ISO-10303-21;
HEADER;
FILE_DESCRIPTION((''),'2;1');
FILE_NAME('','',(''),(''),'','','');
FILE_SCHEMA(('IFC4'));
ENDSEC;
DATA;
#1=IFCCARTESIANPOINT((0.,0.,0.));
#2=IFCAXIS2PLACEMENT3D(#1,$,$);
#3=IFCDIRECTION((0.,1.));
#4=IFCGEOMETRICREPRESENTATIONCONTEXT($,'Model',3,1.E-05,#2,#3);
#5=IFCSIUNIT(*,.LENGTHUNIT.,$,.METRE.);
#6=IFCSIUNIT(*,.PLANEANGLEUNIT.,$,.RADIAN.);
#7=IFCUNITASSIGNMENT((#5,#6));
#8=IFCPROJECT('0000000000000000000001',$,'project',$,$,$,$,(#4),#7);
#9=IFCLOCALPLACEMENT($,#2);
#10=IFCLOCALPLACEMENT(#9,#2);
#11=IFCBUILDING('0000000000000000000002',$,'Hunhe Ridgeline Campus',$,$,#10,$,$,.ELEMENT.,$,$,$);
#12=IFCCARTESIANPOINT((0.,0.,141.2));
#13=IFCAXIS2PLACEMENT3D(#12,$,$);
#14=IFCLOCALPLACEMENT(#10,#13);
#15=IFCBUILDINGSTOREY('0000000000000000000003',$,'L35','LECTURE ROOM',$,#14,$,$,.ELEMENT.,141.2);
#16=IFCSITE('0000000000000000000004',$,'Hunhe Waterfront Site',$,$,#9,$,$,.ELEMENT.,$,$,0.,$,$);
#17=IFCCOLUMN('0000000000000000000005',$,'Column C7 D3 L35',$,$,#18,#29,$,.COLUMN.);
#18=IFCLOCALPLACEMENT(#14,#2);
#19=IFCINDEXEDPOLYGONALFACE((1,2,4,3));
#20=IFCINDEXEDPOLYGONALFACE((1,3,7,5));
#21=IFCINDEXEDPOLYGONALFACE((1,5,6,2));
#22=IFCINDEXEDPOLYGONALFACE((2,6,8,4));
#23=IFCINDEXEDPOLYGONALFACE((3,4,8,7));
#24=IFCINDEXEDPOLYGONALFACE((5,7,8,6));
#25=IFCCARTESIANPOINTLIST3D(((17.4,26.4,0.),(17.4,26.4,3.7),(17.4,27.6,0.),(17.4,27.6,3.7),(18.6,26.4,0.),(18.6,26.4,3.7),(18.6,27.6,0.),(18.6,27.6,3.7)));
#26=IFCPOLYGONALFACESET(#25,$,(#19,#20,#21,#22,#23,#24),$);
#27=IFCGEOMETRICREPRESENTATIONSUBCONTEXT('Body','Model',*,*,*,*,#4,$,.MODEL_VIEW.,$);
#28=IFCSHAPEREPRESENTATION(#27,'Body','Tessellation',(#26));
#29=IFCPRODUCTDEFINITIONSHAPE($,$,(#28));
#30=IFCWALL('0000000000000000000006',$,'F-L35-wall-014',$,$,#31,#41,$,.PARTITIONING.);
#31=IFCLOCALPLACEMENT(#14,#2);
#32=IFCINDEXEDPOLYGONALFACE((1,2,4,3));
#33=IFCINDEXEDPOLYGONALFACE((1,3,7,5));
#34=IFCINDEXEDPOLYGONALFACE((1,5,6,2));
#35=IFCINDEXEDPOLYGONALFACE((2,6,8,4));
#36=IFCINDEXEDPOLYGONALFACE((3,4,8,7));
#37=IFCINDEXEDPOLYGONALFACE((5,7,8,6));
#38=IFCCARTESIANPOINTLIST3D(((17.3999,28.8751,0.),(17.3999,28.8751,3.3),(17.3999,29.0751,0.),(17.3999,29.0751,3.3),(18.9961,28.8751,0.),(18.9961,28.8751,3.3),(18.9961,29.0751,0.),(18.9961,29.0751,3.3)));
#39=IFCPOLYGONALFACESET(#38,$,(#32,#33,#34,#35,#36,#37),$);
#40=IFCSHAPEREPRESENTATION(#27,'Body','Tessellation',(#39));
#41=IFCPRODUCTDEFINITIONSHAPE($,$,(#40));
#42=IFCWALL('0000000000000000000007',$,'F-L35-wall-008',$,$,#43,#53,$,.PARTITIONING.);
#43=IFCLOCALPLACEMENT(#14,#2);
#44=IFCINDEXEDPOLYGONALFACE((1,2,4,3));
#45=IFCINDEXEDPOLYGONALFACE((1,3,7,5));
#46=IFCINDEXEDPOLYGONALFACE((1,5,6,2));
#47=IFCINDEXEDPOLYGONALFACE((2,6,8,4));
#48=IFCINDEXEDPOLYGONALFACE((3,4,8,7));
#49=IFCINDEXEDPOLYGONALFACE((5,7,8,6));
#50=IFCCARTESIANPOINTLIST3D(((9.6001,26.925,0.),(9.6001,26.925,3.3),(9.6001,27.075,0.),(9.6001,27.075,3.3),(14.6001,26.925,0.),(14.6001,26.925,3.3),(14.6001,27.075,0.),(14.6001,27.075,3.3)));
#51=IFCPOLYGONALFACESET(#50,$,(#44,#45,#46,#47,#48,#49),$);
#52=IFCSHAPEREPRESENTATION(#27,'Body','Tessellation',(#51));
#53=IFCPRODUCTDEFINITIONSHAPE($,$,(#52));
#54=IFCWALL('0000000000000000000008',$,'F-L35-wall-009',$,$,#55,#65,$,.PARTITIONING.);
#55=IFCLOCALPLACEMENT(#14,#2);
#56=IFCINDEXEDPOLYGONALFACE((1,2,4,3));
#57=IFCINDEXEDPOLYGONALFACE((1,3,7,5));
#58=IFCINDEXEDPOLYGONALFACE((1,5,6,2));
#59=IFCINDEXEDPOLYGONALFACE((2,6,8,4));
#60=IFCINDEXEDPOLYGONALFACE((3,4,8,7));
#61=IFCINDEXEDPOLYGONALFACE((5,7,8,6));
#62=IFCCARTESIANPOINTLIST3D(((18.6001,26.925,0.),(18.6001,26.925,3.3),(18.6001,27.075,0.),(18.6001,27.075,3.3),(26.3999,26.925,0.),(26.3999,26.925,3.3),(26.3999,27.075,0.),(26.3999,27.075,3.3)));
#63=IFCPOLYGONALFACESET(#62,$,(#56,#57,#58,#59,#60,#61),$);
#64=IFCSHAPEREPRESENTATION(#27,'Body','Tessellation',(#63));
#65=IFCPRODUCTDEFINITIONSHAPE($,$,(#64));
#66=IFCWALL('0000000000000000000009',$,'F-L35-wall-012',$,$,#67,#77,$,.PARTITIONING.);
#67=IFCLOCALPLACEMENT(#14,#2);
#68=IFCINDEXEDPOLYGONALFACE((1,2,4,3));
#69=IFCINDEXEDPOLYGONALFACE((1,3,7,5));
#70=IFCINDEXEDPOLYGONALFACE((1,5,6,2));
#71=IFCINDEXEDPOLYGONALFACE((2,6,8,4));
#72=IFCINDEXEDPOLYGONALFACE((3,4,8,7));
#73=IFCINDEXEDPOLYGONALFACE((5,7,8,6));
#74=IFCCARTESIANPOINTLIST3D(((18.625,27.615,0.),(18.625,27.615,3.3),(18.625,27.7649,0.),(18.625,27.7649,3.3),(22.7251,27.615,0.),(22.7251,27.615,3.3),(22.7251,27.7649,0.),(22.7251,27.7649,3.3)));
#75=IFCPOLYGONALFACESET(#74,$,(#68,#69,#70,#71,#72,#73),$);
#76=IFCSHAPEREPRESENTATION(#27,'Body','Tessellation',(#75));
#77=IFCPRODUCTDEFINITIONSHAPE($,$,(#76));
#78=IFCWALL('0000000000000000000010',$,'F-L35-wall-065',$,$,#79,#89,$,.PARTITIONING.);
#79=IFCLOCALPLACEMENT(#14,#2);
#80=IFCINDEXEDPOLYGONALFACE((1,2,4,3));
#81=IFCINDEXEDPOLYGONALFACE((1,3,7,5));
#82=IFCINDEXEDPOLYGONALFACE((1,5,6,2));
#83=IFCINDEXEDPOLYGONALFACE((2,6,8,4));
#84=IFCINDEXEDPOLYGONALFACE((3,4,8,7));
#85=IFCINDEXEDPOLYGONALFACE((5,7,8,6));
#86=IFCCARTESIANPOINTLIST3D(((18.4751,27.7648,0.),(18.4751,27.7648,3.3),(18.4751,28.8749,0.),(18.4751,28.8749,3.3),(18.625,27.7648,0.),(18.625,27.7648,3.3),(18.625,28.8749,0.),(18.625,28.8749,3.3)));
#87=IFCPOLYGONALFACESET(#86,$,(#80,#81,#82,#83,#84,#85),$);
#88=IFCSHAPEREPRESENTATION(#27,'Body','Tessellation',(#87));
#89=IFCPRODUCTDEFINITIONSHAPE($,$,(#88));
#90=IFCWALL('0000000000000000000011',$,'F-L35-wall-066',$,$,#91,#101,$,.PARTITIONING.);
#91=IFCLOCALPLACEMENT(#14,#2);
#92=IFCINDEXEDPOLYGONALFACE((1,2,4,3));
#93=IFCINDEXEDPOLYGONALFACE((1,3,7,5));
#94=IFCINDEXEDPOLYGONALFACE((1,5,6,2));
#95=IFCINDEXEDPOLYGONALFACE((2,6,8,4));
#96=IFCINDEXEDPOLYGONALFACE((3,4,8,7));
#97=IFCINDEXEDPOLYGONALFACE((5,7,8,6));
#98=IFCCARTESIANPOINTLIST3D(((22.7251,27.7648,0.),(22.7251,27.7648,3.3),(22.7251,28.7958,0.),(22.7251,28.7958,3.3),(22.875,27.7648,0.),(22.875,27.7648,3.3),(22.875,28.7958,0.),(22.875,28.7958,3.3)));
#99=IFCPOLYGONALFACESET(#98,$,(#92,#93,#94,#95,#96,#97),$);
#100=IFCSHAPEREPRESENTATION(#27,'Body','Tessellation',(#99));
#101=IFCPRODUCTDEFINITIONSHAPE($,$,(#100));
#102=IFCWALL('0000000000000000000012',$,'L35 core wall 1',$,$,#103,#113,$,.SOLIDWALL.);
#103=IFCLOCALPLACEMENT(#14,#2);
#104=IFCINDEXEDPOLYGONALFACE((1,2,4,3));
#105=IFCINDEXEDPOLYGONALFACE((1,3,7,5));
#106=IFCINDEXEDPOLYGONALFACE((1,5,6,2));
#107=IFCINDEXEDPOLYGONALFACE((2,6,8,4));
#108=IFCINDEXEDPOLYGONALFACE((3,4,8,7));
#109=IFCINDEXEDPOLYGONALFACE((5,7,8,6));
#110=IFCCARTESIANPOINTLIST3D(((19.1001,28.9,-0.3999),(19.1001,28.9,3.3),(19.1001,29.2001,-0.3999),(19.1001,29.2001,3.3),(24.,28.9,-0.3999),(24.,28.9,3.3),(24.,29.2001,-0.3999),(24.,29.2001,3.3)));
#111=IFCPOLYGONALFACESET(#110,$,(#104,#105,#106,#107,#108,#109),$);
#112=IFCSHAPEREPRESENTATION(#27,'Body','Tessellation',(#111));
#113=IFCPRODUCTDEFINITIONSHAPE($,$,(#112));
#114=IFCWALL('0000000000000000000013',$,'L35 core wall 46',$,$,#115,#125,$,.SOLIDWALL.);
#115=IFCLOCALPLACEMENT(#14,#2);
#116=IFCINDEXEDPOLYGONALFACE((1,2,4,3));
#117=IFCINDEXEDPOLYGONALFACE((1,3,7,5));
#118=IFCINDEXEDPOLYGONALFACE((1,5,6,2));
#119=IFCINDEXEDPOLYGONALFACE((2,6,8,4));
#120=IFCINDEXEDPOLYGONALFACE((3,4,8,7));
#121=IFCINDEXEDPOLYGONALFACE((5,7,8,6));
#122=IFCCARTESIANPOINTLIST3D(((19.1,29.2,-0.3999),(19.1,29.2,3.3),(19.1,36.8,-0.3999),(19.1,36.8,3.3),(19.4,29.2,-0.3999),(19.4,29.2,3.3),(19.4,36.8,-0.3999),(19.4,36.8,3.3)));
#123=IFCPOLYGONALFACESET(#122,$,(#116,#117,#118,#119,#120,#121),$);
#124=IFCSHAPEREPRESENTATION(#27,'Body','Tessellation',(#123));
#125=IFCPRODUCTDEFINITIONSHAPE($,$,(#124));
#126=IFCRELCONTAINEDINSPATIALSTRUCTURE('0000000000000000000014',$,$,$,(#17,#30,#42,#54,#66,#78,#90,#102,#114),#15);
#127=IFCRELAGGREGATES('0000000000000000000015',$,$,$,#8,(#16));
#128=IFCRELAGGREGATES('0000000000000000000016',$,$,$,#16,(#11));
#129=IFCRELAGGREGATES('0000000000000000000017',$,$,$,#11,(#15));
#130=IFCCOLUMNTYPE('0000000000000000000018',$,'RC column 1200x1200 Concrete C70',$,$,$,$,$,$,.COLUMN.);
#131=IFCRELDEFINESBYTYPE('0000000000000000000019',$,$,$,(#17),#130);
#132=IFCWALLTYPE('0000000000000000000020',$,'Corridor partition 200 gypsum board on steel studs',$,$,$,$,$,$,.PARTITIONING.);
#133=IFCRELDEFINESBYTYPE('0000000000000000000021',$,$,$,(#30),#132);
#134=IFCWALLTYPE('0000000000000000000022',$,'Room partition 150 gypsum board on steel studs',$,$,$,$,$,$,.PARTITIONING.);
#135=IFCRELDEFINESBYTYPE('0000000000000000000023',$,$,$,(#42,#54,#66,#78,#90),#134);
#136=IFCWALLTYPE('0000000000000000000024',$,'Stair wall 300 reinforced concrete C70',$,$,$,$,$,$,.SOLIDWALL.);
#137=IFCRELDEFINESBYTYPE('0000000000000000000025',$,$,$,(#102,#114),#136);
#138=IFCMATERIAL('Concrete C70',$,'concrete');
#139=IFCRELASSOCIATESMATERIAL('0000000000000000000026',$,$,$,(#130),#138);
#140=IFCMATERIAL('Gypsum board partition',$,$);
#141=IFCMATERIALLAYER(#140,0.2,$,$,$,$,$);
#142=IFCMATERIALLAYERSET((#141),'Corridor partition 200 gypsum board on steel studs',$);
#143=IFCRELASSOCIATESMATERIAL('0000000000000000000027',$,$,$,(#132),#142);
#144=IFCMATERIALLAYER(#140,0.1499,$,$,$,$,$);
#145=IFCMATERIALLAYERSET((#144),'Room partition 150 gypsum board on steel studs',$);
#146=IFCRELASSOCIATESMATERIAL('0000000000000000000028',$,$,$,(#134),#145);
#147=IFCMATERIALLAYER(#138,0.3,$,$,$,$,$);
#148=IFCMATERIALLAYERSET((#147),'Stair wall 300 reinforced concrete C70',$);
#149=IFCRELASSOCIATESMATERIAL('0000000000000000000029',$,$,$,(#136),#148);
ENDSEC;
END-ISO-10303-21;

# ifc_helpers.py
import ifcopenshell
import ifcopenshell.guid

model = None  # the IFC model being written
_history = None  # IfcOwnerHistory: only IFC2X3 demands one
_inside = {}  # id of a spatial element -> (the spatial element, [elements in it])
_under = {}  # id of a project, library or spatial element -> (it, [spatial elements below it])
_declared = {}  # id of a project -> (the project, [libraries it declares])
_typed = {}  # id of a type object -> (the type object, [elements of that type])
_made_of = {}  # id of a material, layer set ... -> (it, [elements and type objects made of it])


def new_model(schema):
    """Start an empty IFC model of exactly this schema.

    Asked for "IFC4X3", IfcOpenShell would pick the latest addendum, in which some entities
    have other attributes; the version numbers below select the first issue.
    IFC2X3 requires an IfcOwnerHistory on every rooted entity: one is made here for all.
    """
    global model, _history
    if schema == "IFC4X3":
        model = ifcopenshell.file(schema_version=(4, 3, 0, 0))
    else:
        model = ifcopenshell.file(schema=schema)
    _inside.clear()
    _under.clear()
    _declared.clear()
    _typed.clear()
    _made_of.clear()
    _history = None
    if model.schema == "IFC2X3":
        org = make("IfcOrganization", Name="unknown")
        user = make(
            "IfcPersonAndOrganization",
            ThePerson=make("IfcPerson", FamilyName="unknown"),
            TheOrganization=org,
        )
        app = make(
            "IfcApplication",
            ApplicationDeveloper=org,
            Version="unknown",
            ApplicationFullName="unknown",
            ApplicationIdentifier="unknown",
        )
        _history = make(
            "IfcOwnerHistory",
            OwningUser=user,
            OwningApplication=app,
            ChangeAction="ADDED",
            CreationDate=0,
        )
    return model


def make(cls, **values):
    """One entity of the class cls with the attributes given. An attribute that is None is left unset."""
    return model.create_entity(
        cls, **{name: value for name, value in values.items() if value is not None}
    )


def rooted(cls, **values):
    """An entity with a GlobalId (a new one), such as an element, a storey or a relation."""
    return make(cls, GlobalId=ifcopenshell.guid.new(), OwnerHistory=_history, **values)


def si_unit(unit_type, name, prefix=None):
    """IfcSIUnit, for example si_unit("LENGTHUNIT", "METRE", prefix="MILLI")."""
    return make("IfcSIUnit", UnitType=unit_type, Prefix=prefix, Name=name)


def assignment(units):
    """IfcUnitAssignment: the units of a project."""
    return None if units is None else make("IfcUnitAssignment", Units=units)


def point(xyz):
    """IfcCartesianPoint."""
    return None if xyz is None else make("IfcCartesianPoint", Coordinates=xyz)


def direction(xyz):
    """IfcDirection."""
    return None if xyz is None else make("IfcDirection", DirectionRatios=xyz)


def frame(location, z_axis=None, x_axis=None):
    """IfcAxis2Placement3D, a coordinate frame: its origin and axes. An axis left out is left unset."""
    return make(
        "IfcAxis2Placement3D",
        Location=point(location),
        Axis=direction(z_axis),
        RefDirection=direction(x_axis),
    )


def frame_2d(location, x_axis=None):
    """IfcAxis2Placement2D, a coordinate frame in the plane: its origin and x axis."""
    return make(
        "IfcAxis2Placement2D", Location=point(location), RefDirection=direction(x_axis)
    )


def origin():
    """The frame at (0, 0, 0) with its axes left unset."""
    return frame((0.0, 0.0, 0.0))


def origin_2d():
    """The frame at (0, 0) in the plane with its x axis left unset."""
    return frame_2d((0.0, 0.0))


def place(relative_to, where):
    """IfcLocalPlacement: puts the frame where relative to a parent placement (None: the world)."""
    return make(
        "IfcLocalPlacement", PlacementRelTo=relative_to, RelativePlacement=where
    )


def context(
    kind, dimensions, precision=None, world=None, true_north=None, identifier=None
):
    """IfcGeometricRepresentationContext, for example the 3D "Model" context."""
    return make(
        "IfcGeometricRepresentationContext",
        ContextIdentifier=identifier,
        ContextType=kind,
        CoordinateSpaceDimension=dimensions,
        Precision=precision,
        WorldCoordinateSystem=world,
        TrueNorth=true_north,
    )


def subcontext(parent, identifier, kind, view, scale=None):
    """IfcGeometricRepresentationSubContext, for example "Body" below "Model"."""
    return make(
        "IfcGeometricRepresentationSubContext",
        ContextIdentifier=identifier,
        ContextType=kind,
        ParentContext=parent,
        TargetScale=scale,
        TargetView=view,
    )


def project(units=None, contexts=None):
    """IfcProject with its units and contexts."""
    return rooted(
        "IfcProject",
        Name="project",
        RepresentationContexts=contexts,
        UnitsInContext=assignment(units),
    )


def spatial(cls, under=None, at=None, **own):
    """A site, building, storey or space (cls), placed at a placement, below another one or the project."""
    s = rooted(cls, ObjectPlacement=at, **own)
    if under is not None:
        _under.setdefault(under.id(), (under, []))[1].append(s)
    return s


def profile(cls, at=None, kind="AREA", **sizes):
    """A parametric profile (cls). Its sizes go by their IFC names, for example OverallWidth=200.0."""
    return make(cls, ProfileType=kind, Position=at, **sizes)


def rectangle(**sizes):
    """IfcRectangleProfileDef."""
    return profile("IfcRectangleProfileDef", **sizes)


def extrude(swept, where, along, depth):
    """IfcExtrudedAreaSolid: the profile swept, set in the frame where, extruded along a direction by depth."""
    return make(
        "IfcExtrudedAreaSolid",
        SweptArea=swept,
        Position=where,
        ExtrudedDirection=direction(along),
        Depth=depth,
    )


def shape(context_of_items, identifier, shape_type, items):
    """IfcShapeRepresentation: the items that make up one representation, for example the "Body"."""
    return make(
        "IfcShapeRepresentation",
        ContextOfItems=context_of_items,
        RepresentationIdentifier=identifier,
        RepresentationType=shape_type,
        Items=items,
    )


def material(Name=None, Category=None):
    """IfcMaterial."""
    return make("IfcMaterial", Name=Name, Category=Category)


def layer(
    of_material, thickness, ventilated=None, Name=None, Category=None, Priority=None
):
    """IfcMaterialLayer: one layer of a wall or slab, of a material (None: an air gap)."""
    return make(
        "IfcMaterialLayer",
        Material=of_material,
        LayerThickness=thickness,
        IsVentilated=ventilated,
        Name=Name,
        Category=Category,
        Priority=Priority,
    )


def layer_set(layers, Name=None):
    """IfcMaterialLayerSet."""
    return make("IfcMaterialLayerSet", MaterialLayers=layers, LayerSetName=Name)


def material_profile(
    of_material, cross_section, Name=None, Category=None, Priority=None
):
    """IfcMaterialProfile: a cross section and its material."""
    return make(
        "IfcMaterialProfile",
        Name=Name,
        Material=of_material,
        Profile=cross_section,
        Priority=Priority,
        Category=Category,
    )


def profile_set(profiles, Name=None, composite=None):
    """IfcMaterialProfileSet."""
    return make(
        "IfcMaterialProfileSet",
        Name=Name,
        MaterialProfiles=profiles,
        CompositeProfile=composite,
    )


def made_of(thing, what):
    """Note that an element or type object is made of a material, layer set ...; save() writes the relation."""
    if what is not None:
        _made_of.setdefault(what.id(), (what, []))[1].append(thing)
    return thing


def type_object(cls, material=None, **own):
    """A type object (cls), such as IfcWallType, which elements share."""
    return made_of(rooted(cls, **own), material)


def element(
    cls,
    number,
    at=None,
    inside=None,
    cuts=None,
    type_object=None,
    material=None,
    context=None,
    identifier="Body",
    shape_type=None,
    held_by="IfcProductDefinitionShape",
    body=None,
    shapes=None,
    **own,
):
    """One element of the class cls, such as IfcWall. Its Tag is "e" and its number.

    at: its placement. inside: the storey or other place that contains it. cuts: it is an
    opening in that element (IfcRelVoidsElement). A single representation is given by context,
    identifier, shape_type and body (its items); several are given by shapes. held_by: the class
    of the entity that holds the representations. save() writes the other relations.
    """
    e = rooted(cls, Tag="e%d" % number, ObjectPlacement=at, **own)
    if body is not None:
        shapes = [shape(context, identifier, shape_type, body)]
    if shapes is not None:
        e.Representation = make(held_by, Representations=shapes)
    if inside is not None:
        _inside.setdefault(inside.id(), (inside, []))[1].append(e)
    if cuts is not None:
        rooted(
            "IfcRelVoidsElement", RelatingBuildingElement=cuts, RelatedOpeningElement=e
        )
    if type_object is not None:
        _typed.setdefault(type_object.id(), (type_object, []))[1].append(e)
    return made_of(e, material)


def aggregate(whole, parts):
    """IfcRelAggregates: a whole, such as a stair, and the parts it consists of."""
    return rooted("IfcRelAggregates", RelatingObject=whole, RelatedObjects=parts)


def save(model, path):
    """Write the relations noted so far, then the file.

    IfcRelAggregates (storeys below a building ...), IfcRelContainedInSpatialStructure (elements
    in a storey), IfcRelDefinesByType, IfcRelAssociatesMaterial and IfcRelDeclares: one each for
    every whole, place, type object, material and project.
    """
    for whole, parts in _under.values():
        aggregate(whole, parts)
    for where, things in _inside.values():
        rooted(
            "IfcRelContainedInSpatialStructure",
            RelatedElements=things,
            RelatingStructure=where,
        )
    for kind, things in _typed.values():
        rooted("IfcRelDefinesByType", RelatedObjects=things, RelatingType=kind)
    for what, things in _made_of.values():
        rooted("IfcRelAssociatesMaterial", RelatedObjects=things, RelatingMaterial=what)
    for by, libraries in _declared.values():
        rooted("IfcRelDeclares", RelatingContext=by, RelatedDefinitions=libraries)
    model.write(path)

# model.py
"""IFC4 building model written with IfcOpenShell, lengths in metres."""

from ifc_helpers import new_model, si_unit, direction, frame, frame_2d, origin, origin_2d, place, context, subcontext, project, spatial, rectangle, extrude, material, layer, layer_set, material_profile, profile_set, type_object, element, save


model = new_model("IFC4")

# Units and contexts
model_context = context("Model", 3, precision=1e-05, world=origin(), true_north=direction((0.0, 1.0)))
body_context = subcontext(model_context, "Body", "Model", "MODEL_VIEW")
ifc_project = project(units=[si_unit("LENGTHUNIT", "METRE"), si_unit("PLANEANGLEUNIT", "RADIAN")], contexts=[model_context])

# Site, building, storey
site_placement = place(None, origin())
site = spatial("IfcSite", under=ifc_project, at=site_placement, Name="Hunhe Waterfront Site", CompositionType="ELEMENT", RefElevation=0.0)
building_placement = place(site_placement, origin())
building = spatial("IfcBuilding", under=site, at=building_placement, Name="Hunhe Ridgeline Campus", CompositionType="ELEMENT")
storey_placement = place(building_placement, frame((0.0, 0.0, 141.2)))
storey = spatial("IfcBuildingStorey", under=building, at=storey_placement, Name="L35", Description="LECTURE ROOM", CompositionType="ELEMENT", Elevation=141.2)

# Column
ifc_material_1 = material(Name="Concrete C70", Category="concrete")
ifc_material_profile = material_profile(ifc_material_1, rectangle(XDim=1.2, YDim=1.2, at=origin_2d()))
ifc_profile_set = profile_set([ifc_material_profile], Name="Concrete C70")
column_type = type_object("IfcColumnType", Name="RC column 1200x1200 Concrete C70", PredefinedType="COLUMN", material=ifc_profile_set)
column_placement = place(storey_placement, frame((18.0, 27.0, 0.0), z_axis=(0.0, 0.0, 1.0), x_axis=(1.0, 0.0, 0.0)))
element("IfcColumn", 1, at=column_placement, inside=storey, type_object=column_type, Name="Column C7 D3 L35", PredefinedType="COLUMN", context=body_context, shape_type="SweptSolid", body=[
    extrude(rectangle(XDim=1.2, YDim=1.2, at=origin_2d()), origin(), (0.0, 0.0, 1.0), 3.7),
])

# Wall
ifc_material_2 = material(Name="Gypsum board partition")
ifc_layer_1 = layer(ifc_material_2, 0.2)
ifc_layer_set_1 = layer_set([ifc_layer_1], Name="Corridor partition 200 gypsum board on steel studs")
wall_type_1 = type_object("IfcWallType", Name="Corridor partition 200 gypsum board on steel studs", PredefinedType="PARTITIONING", material=ifc_layer_set_1)
wall_1_placement = place(storey_placement, frame((18.9961, 28.9751, 0.0), z_axis=(0.0, 0.0, 1.0), x_axis=(-1.0, 0.0, 0.0)))
element("IfcWall", 2, at=wall_1_placement, inside=storey, type_object=wall_type_1, Name="F-L35-wall-014", PredefinedType="PARTITIONING", context=body_context, shape_type="SweptSolid", body=[
    extrude(rectangle(XDim=1.5962, YDim=0.2, at=frame_2d((0.7981, 0.0))), origin(), (0.0, 0.0, 1.0), 3.3),
])

# Walls
ifc_layer_2 = layer(ifc_material_2, 0.1499)
ifc_layer_set_2 = layer_set([ifc_layer_2], Name="Room partition 150 gypsum board on steel studs")
wall_type_2 = type_object("IfcWallType", Name="Room partition 150 gypsum board on steel studs", PredefinedType="PARTITIONING", material=ifc_layer_set_2)
wall_2_placement = place(storey_placement, frame((9.6001, 27.0, 0.0), z_axis=(0.0, 0.0, 1.0), x_axis=(1.0, 0.0, 0.0)))
element("IfcWall", 3, at=wall_2_placement, inside=storey, type_object=wall_type_2, Name="F-L35-wall-008", PredefinedType="PARTITIONING", context=body_context, shape_type="SweptSolid", body=[
    extrude(rectangle(XDim=5.0, YDim=0.1499, at=frame_2d((2.5, 0.0))), origin(), (0.0, 0.0, 1.0), 3.3),
])
wall_3_placement = place(storey_placement, frame((18.6001, 27.0, 0.0), z_axis=(0.0, 0.0, 1.0), x_axis=(1.0, 0.0, 0.0)))
element("IfcWall", 4, at=wall_3_placement, inside=storey, type_object=wall_type_2, Name="F-L35-wall-009", PredefinedType="PARTITIONING", context=body_context, shape_type="SweptSolid", body=[
    extrude(rectangle(XDim=7.7998, YDim=0.1499, at=frame_2d((3.8999, 0.0))), origin(), (0.0, 0.0, 1.0), 3.3),
])
wall_4_placement = place(storey_placement, frame((18.625, 27.6899, 0.0), z_axis=(0.0, 0.0, 1.0), x_axis=(1.0, 0.0, 0.0)))
element("IfcWall", 5, at=wall_4_placement, inside=storey, type_object=wall_type_2, Name="F-L35-wall-012", PredefinedType="PARTITIONING", context=body_context, shape_type="SweptSolid", body=[
    extrude(rectangle(XDim=4.1001, YDim=0.1499, at=frame_2d((2.05, 0.0))), origin(), (0.0, 0.0, 1.0), 3.3),
])
wall_5_placement = place(storey_placement, frame((18.55, 28.875, 0.0), z_axis=(0.0, 0.0, 1.0), x_axis=(0.0, -1.0, 0.0)))
element("IfcWall", 6, at=wall_5_placement, inside=storey, type_object=wall_type_2, Name="F-L35-wall-065", PredefinedType="PARTITIONING", context=body_context, shape_type="SweptSolid", body=[
    extrude(rectangle(XDim=1.1101, YDim=0.1499, at=frame_2d((0.5552, 0.0))), origin(), (0.0, 0.0, 1.0), 3.3),
])
wall_6_placement = place(storey_placement, frame((22.8, 28.7959, 0.0), z_axis=(0.0, 0.0, 1.0), x_axis=(0.0, -1.0, 0.0)))
element("IfcWall", 7, at=wall_6_placement, inside=storey, type_object=wall_type_2, Name="F-L35-wall-066", PredefinedType="PARTITIONING", context=body_context, shape_type="SweptSolid", body=[
    extrude(rectangle(XDim=1.031, YDim=0.1499, at=frame_2d((0.5156, 0.0))), origin(), (0.0, 0.0, 1.0), 3.3),
])
ifc_layer_3 = layer(ifc_material_1, 0.3)
ifc_layer_set_3 = layer_set([ifc_layer_3], Name="Stair wall 300 reinforced concrete C70")
wall_type_3 = type_object("IfcWallType", Name="Stair wall 300 reinforced concrete C70", PredefinedType="SOLIDWALL", material=ifc_layer_set_3)
wall_7_placement = place(storey_placement, frame((19.1001, 29.05, -0.3999), z_axis=(0.0, 0.0, 1.0), x_axis=(1.0, 0.0, 0.0)))
element("IfcWall", 8, at=wall_7_placement, inside=storey, type_object=wall_type_3, Name="L35 core wall 1", PredefinedType="SOLIDWALL", context=body_context, shape_type="SweptSolid", body=[
    extrude(rectangle(XDim=4.8999, YDim=0.3, at=frame_2d((2.45, 0.0))), origin(), (0.0, 0.0, 1.0), 3.7),
])
wall_8_placement = place(storey_placement, frame((19.25, 29.2, -0.3999), z_axis=(0.0, 0.0, 1.0), x_axis=(0.0, 1.0, 0.0)))
element("IfcWall", 9, at=wall_8_placement, inside=storey, type_object=wall_type_3, Name="L35 core wall 46", PredefinedType="SOLIDWALL", context=body_context, shape_type="SweptSolid", body=[
    extrude(rectangle(XDim=7.6001, YDim=0.3, at=frame_2d((3.8, 0.0))), origin(), (0.0, 0.0, 1.0), 3.7),
])

save(model, "model.ifc")
